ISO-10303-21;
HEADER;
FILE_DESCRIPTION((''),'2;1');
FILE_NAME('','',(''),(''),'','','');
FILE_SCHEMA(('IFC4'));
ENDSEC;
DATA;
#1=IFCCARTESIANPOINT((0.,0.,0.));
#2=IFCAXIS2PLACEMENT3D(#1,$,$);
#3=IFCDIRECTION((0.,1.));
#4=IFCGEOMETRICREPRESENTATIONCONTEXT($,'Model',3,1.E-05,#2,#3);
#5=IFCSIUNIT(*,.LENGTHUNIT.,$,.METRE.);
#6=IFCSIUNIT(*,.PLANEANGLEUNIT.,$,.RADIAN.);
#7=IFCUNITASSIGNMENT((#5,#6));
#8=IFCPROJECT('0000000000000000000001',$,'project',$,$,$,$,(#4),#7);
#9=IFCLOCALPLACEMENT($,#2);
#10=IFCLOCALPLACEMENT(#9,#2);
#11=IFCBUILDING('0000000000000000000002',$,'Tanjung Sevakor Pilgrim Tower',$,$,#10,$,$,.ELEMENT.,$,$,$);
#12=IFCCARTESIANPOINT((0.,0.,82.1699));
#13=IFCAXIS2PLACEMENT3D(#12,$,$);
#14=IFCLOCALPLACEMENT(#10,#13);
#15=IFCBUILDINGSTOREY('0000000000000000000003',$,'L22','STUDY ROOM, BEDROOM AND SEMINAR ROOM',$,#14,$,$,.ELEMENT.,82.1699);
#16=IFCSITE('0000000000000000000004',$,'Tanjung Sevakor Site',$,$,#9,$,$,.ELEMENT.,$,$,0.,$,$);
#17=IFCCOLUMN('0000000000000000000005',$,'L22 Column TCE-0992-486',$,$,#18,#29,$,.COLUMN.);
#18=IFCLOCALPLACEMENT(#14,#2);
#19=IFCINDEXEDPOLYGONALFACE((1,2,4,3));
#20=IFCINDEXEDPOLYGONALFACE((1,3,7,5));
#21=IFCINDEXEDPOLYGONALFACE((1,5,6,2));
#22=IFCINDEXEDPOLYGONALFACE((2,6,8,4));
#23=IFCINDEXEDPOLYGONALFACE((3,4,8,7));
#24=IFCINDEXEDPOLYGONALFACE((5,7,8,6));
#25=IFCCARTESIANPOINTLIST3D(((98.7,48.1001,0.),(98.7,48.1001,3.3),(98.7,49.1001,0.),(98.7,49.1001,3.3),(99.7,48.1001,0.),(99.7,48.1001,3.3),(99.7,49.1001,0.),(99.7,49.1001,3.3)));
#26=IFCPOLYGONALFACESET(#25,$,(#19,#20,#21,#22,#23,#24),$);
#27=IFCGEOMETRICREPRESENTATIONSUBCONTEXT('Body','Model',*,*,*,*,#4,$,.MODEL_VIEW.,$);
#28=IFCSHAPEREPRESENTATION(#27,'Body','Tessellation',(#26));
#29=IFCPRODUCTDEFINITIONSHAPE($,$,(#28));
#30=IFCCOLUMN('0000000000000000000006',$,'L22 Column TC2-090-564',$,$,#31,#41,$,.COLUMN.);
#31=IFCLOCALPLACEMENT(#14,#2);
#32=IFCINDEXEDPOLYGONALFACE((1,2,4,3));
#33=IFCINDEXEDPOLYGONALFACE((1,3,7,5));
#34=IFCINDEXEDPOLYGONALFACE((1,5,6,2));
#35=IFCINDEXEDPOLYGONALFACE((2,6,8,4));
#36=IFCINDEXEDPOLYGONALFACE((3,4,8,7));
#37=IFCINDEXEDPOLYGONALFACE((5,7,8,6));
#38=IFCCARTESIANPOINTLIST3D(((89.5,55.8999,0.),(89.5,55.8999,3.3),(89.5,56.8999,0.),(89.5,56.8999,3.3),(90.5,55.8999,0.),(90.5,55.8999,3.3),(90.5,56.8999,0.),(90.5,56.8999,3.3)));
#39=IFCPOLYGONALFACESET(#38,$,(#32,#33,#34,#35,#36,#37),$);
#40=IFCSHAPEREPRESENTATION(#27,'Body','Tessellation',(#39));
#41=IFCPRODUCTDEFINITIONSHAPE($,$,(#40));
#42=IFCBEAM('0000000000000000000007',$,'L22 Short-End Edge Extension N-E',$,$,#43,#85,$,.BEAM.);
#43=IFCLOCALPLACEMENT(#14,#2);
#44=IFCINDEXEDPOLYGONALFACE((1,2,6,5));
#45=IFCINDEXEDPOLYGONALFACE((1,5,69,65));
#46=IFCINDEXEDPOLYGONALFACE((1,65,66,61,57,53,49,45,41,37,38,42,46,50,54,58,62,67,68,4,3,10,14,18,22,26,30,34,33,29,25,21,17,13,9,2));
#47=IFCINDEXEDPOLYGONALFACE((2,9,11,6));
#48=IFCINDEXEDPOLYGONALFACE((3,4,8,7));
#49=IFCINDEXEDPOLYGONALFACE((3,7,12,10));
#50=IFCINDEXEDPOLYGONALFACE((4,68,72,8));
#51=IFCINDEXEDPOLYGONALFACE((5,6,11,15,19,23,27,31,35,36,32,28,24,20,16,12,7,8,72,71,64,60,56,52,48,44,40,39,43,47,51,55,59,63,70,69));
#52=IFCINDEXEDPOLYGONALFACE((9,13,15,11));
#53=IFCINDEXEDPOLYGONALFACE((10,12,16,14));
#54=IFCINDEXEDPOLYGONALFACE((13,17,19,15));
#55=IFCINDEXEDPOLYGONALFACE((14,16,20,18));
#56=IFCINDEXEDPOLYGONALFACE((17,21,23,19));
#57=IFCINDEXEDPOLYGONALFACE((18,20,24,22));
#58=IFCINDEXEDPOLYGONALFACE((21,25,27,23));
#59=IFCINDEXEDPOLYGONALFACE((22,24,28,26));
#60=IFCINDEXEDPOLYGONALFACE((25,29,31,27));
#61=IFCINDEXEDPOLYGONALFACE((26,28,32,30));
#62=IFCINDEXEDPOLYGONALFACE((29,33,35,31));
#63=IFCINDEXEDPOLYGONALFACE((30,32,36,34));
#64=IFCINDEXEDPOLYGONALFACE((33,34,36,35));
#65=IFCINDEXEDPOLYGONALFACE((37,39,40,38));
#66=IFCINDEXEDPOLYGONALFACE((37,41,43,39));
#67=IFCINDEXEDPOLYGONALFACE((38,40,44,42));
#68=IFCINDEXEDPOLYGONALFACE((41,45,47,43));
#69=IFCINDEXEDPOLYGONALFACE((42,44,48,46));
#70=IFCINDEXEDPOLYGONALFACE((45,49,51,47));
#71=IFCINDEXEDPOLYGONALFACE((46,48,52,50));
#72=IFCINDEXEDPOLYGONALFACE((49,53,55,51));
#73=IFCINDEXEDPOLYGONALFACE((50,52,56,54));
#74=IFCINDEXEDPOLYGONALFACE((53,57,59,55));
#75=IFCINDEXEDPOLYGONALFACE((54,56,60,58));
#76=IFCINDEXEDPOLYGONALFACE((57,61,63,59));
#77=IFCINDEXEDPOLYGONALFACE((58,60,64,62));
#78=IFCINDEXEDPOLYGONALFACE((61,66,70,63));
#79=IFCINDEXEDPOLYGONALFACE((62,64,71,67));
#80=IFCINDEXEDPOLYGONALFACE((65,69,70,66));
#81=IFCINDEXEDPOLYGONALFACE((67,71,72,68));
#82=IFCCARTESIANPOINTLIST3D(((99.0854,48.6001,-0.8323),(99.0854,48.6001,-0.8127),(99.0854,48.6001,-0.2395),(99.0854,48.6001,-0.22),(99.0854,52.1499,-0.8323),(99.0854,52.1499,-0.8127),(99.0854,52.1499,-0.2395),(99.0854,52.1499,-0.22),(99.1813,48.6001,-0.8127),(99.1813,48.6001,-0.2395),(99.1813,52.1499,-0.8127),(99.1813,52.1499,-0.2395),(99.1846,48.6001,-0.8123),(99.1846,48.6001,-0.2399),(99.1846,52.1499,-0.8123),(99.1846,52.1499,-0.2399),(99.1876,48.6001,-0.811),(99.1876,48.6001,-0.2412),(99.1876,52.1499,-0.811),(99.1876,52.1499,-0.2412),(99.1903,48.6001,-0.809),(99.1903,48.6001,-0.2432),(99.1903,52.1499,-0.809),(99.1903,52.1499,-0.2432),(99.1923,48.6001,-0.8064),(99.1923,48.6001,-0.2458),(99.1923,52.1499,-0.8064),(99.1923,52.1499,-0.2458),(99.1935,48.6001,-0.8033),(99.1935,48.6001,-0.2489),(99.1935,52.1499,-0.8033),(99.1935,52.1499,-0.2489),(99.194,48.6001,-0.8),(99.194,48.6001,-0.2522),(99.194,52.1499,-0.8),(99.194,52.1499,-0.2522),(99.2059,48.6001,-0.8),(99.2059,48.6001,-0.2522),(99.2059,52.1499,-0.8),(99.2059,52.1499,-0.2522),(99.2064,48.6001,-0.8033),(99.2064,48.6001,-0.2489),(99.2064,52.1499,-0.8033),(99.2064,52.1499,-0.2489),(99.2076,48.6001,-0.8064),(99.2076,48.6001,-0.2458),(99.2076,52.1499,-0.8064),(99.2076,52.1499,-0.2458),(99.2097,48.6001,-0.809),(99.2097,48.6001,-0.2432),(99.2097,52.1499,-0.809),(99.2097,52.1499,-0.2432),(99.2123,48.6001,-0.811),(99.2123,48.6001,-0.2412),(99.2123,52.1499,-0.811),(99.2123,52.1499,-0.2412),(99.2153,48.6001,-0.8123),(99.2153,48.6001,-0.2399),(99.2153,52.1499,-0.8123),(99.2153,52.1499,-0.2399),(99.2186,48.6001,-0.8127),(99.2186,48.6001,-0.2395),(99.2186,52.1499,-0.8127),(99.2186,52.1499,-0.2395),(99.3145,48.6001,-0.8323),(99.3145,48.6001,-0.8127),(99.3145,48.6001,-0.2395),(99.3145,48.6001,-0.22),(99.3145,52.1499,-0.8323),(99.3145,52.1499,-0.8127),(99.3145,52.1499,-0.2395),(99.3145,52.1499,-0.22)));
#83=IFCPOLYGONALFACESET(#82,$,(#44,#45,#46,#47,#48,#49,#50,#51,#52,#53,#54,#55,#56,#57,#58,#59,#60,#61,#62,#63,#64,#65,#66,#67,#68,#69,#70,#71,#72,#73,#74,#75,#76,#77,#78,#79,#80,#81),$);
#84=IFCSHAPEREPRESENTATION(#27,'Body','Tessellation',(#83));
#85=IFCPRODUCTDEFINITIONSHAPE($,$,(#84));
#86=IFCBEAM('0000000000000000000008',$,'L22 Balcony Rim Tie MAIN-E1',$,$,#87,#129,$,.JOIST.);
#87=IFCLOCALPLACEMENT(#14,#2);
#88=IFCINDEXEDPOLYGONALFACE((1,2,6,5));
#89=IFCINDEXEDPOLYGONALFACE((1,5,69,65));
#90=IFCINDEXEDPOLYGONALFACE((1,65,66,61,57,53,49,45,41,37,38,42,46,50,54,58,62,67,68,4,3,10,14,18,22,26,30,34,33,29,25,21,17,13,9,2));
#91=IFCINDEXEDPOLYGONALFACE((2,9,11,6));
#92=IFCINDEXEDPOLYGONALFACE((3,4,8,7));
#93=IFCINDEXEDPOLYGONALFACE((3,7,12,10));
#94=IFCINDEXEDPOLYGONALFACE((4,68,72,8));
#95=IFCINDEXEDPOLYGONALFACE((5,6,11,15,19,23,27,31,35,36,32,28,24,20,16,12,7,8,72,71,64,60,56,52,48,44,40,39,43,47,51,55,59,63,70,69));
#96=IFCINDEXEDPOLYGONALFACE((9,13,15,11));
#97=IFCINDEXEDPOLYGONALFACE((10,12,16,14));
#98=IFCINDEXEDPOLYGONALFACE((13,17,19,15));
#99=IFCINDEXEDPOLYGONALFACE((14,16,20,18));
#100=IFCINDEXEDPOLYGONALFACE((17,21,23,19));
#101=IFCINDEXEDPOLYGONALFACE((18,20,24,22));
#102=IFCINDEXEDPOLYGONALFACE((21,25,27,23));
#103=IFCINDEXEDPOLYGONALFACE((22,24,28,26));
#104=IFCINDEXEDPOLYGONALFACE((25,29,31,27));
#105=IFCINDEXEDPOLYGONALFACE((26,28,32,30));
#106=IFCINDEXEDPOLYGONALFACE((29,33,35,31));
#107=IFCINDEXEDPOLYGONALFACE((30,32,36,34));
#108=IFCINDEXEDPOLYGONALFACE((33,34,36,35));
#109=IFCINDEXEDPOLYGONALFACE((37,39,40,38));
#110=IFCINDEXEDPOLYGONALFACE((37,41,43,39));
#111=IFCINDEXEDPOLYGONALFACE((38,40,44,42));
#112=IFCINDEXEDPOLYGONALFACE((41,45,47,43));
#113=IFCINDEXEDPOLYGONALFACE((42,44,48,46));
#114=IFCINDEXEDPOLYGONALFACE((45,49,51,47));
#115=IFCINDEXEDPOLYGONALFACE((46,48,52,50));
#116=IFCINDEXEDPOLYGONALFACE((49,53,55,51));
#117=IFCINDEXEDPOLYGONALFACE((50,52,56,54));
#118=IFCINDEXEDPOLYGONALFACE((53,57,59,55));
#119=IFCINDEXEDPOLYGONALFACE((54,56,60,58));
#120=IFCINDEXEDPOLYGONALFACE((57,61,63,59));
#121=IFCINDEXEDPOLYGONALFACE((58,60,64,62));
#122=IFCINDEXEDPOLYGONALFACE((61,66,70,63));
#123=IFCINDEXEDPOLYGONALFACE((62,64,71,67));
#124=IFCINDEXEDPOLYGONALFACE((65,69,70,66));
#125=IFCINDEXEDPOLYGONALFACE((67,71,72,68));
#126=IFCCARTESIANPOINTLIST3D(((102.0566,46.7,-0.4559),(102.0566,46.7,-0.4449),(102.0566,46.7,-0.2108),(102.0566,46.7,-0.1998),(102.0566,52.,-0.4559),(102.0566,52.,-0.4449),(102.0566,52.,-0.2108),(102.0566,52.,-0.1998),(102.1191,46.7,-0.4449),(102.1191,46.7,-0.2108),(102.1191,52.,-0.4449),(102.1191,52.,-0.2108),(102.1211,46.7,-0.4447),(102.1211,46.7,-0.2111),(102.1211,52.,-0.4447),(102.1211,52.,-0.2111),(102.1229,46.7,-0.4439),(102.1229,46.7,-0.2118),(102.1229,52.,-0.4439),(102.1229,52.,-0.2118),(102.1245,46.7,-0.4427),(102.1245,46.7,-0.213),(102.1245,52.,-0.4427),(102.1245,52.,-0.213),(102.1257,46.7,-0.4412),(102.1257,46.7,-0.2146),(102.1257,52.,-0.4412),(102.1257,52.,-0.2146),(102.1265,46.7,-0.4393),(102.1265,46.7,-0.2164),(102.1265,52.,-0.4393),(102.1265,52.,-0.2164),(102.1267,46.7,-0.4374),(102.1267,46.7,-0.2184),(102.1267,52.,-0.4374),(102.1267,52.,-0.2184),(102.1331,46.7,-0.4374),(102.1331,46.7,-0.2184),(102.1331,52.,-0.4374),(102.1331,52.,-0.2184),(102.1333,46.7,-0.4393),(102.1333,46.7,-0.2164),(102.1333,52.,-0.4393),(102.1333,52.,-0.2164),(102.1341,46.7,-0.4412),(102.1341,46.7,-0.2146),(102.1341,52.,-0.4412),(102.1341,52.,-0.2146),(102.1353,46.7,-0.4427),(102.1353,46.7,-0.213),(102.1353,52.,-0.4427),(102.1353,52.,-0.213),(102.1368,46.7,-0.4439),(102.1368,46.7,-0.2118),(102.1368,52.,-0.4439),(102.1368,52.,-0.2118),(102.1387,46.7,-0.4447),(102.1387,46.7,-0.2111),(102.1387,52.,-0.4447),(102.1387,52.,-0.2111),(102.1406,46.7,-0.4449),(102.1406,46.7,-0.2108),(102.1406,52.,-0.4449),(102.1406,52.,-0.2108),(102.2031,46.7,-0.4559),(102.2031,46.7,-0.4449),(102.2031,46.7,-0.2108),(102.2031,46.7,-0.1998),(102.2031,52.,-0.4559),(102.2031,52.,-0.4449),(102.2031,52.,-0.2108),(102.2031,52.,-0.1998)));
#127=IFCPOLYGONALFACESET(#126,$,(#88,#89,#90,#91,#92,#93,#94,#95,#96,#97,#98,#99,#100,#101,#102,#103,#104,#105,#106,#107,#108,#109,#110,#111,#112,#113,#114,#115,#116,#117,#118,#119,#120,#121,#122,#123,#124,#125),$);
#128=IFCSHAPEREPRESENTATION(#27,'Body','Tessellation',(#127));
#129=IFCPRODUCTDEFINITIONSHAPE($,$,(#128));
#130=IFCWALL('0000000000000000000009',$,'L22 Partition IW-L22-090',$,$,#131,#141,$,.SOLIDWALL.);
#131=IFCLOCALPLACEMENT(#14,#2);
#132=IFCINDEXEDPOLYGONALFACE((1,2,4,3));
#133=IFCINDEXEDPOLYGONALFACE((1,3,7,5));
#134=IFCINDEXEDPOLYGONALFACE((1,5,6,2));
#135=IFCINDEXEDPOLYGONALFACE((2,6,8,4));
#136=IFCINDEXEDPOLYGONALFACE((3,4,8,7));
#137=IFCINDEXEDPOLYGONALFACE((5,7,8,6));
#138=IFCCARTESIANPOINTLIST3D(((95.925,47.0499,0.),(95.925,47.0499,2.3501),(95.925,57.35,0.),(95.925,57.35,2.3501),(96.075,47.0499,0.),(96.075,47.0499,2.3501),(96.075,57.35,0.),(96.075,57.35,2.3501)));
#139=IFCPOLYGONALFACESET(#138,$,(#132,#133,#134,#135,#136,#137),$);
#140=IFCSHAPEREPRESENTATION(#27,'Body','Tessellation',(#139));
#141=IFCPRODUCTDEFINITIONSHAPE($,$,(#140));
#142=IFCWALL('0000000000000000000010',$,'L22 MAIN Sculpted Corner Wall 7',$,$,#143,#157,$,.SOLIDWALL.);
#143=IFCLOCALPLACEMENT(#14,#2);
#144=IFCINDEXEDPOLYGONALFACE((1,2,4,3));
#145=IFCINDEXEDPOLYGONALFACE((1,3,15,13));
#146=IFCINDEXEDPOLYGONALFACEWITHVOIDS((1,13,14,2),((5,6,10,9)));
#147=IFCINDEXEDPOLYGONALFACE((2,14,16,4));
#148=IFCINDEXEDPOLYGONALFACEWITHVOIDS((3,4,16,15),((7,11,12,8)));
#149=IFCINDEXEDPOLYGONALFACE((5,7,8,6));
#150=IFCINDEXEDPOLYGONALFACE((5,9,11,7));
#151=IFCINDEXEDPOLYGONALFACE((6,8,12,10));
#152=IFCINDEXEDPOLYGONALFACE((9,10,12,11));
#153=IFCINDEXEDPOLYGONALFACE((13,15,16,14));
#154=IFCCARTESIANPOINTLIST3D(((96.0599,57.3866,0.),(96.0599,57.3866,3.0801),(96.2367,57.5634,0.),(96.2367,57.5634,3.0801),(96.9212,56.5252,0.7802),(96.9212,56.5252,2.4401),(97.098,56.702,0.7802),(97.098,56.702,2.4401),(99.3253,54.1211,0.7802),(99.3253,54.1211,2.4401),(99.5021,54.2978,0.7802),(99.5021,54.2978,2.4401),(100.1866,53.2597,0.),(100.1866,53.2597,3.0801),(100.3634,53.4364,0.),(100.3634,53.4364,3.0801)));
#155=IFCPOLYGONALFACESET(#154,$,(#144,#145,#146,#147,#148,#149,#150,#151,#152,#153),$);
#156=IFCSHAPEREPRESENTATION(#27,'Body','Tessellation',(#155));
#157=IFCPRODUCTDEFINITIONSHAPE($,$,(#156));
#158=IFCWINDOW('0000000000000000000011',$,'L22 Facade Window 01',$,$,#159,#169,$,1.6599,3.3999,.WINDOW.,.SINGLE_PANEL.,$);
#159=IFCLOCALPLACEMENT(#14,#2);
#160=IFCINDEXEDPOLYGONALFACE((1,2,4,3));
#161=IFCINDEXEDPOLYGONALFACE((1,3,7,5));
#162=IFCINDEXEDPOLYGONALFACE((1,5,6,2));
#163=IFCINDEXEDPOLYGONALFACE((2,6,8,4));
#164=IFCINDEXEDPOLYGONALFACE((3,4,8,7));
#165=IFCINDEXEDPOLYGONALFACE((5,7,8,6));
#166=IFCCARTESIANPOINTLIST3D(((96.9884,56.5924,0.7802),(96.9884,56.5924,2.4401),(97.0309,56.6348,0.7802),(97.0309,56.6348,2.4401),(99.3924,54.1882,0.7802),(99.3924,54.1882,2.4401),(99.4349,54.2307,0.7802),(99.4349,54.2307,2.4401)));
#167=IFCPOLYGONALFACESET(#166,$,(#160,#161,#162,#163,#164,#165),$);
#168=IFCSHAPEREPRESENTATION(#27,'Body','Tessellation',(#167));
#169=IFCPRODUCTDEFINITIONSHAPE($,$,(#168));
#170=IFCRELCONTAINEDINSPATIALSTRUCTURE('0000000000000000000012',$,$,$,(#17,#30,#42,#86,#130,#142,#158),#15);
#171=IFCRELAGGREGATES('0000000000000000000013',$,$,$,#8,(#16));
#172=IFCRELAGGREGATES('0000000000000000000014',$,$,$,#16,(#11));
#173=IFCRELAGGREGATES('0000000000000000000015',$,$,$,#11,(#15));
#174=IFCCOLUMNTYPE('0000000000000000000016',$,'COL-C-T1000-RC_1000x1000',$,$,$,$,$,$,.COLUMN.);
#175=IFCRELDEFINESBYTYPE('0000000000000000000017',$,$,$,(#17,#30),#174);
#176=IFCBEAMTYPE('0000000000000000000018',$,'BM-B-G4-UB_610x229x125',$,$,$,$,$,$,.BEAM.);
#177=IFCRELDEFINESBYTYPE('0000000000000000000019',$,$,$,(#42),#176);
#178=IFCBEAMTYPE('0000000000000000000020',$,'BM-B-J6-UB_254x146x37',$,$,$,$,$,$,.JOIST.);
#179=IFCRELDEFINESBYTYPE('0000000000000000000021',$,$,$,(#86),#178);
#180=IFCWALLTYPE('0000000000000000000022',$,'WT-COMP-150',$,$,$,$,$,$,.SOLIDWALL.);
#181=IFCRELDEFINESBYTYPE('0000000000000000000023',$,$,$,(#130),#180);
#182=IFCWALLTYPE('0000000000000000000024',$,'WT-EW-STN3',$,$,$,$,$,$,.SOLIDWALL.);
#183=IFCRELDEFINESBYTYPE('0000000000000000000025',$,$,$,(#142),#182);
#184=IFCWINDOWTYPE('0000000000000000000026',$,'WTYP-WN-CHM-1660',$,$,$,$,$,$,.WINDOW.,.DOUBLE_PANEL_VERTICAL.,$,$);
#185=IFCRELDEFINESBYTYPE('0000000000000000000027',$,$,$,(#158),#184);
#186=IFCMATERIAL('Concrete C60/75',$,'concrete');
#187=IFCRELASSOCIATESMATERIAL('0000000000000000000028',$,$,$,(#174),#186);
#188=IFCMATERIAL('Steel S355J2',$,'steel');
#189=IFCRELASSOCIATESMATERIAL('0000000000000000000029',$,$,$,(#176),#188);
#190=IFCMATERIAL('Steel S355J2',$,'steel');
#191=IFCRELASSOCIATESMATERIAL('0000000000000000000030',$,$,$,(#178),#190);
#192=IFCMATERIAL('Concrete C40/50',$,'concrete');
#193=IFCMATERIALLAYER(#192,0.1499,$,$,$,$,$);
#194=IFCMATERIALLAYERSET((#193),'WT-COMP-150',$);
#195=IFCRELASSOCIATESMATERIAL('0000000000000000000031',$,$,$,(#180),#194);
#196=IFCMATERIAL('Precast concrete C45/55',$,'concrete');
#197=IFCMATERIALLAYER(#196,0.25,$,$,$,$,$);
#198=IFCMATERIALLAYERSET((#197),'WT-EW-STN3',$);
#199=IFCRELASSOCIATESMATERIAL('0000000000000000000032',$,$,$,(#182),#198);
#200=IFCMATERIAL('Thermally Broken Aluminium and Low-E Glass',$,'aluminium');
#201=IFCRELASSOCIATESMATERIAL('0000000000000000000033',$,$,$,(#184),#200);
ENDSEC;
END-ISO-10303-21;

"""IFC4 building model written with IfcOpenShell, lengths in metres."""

from ifc_helpers import new_model, si_unit, direction, frame, frame_2d, origin, origin_2d, place, context, subcontext, project, spatial, rectangle, i_section, extrude, material, layer, layer_set, material_profile, profile_set, type_object, element, fill, save


model = new_model("IFC4")

# Units and contexts
model_context = context("Model", 3, precision=1e-05, world=origin(), true_north=direction((0.0, 1.0)))
body_context = subcontext(model_context, "Body", "Model", "MODEL_VIEW")
ifc_project = project(units=[si_unit("LENGTHUNIT", "METRE"), si_unit("PLANEANGLEUNIT", "RADIAN")], contexts=[model_context])

# Site, building, storey
site_placement = place(None, origin())
site = spatial("IfcSite", under=ifc_project, at=site_placement, Name="Tanjung Sevakor Site", CompositionType="ELEMENT", RefElevation=0.0)
building_placement = place(site_placement, origin())
building = spatial("IfcBuilding", under=site, at=building_placement, Name="Tanjung Sevakor Pilgrim Tower", CompositionType="ELEMENT")
storey_placement = place(building_placement, frame((0.0, 0.0, 82.1699)))
storey = spatial("IfcBuildingStorey", under=building, at=storey_placement, Name="L22", Description="STUDY ROOM, BEDROOM AND SEMINAR ROOM", CompositionType="ELEMENT", Elevation=82.1699)

# Columns
ifc_material_1 = material(Name="Concrete C60/75", Category="concrete")
ifc_material_profile_1 = material_profile(ifc_material_1, rectangle(XDim=1.0, YDim=1.0, at=origin_2d()))
ifc_profile_set_1 = profile_set([ifc_material_profile_1], Name="Concrete C60/75")
column_type = type_object("IfcColumnType", Name="COL-C-T1000-RC_1000x1000", PredefinedType="COLUMN", material=ifc_profile_set_1)
for number, where, z_axis, x_axis, name in (
    (1, (99.2, 48.6001, 0.0), (0.0, 0.0, 1.0), (1.0, 0.0, 0.0), "L22 Column TCE-0992-486"),
    (2, (90.0, 56.3999, 0.0), (0.0, 0.0, 1.0), (1.0, 0.0, 0.0), "L22 Column TC2-090-564"),
):
    element("IfcColumn", number, at=place(storey_placement, frame(where, z_axis=z_axis, x_axis=x_axis)), inside=storey, type_object=column_type, Name=name, PredefinedType="COLUMN", context=body_context, shape_type="SweptSolid", body=[
        extrude(rectangle(XDim=1.0, YDim=1.0, at=origin_2d()), origin(), (0.0, 0.0, 1.0), 3.3),
    ])

# Beams
ifc_material_2 = material(Name="Steel S355J2", Category="steel")
ifc_material_profile_2 = material_profile(ifc_material_2, i_section(OverallWidth=0.229, OverallDepth=0.6123, WebThickness=0.012, FlangeThickness=0.0195, FilletRadius=0.0127, at=origin_2d()))
ifc_profile_set_2 = profile_set([ifc_material_profile_2], Name="Steel S355J2")
beam_type_1 = type_object("IfcBeamType", Name="BM-B-G4-UB_610x229x125", PredefinedType="BEAM", material=ifc_profile_set_2)
beam_1_placement = place(storey_placement, frame((99.2, 48.6001, -0.5261), z_axis=(0.0, 1.0, 0.0), x_axis=(-1.0, 0.0, 0.0)))
element("IfcBeam", 3, at=beam_1_placement, inside=storey, type_object=beam_type_1, Name="L22 Short-End Edge Extension N-E", PredefinedType="BEAM", context=body_context, shape_type="SweptSolid", body=[
    extrude(i_section(OverallWidth=0.229, OverallDepth=0.6123, WebThickness=0.012, FlangeThickness=0.0195, FilletRadius=0.0127, at=origin_2d()), origin(), (0.0, 0.0, 1.0), 3.5498),
])
ifc_material_3 = material(Name="Steel S355J2", Category="steel")
ifc_material_profile_3 = material_profile(ifc_material_3, i_section(OverallWidth=0.1465, OverallDepth=0.2561, WebThickness=0.0063, FlangeThickness=0.011, FilletRadius=0.0076, at=origin_2d()))
ifc_profile_set_3 = profile_set([ifc_material_profile_3], Name="Steel S355J2")
beam_type_2 = type_object("IfcBeamType", Name="BM-B-J6-UB_254x146x37", PredefinedType="JOIST", material=ifc_profile_set_3)
beam_2_placement = place(storey_placement, frame((102.1299, 46.7, -0.3279), z_axis=(0.0, 1.0, 0.0), x_axis=(-1.0, 0.0, 0.0)))
element("IfcBeam", 4, at=beam_2_placement, inside=storey, type_object=beam_type_2, Name="L22 Balcony Rim Tie MAIN-E1", PredefinedType="JOIST", context=body_context, shape_type="SweptSolid", body=[
    extrude(i_section(OverallWidth=0.1465, OverallDepth=0.2561, WebThickness=0.0063, FlangeThickness=0.011, FilletRadius=0.0076, at=origin_2d()), origin(), (0.0, 0.0, 1.0), 5.3),
])

# Wall
ifc_material_4 = material(Name="Concrete C40/50", Category="concrete")
ifc_layer_1 = layer(ifc_material_4, 0.1499)
ifc_layer_set_1 = layer_set([ifc_layer_1], Name="WT-COMP-150")
wall_type_1 = type_object("IfcWallType", Name="WT-COMP-150", PredefinedType="SOLIDWALL", material=ifc_layer_set_1)
wall_1_placement = place(storey_placement, frame((96.0, 47.05, 0.0), z_axis=(0.0, 0.0, 1.0), x_axis=(0.0, 1.0, 0.0)))
element("IfcWall", 5, at=wall_1_placement, inside=storey, type_object=wall_type_1, Name="L22 Partition IW-L22-090", PredefinedType="SOLIDWALL", context=body_context, shape_type="SweptSolid", body=[
    extrude(rectangle(XDim=10.3, YDim=0.1499, at=frame_2d((5.1499, 0.0))), origin(), (0.0, 0.0, 1.0), 2.3501),
])

# Wall, opening, window
ifc_material_5 = material(Name="Precast concrete C45/55", Category="concrete")
ifc_layer_2 = layer(ifc_material_5, 0.25)
ifc_layer_set_2 = layer_set([ifc_layer_2], Name="WT-EW-STN3")
wall_type_2 = type_object("IfcWallType", Name="WT-EW-STN3", PredefinedType="SOLIDWALL", material=ifc_layer_set_2)
wall_2_placement = place(storey_placement, frame((100.2749, 53.3481, 0.0), z_axis=(0.0, 0.0, 1.0), x_axis=(-0.707086, 0.707128, 0.0)))
wall_2 = element("IfcWall", 6, at=wall_2_placement, inside=storey, type_object=wall_type_2, Name="L22 MAIN Sculpted Corner Wall 7", PredefinedType="SOLIDWALL", context=body_context, shape_type="SweptSolid", body=[
    extrude(rectangle(XDim=5.8362, YDim=0.25, at=frame_2d((2.918, 0.0))), origin(), (0.0, 0.0, 1.0), 3.0801),
])
opening_1_placement = place(wall_2_placement, frame((1.218, 0.0, 0.78)))
opening_1 = element("IfcOpeningElement", 7, at=opening_1_placement, cuts=wall_2, PredefinedType="OPENING", context=body_context, shape_type="SweptSolid", body=[
    extrude(rectangle(XDim=3.3999, YDim=1.6599, at=frame_2d((1.7, 0.8301))), frame((0.0, 0.135, 0.0), z_axis=(0.0, -1.0, 0.0), x_axis=(1.0, 0.0, 0.0)), (0.0, 0.0, 1.0), 0.27),
])
ifc_material_6 = material(Name="Thermally Broken Aluminium and Low-E Glass", Category="aluminium")
window_type_1 = type_object("IfcWindowType", Name="WTYP-WN-CHM-1660", PartitioningType="DOUBLE_PANEL_VERTICAL", PredefinedType="WINDOW", material=ifc_material_6)
window_1_placement = place(opening_1_placement, origin())
window_1 = element("IfcWindow", 8, at=window_1_placement, inside=storey, type_object=window_type_1, Name="L22 Facade Window 01", OverallHeight=1.6599, OverallWidth=3.3999, PartitioningType="SINGLE_PANEL", PredefinedType="WINDOW", context=body_context, shape_type="SweptSolid", body=[
    extrude(rectangle(XDim=3.3999, YDim=1.6599, at=frame_2d((1.7, 0.8301))), frame((0.0, 0.03, 0.0), z_axis=(0.0, -1.0, 0.0), x_axis=(1.0, 0.0, 0.0)), (0.0, 0.0, 1.0), 0.0601),
])
fill(opening_1, window_1)

save(model, "model.ifc")
